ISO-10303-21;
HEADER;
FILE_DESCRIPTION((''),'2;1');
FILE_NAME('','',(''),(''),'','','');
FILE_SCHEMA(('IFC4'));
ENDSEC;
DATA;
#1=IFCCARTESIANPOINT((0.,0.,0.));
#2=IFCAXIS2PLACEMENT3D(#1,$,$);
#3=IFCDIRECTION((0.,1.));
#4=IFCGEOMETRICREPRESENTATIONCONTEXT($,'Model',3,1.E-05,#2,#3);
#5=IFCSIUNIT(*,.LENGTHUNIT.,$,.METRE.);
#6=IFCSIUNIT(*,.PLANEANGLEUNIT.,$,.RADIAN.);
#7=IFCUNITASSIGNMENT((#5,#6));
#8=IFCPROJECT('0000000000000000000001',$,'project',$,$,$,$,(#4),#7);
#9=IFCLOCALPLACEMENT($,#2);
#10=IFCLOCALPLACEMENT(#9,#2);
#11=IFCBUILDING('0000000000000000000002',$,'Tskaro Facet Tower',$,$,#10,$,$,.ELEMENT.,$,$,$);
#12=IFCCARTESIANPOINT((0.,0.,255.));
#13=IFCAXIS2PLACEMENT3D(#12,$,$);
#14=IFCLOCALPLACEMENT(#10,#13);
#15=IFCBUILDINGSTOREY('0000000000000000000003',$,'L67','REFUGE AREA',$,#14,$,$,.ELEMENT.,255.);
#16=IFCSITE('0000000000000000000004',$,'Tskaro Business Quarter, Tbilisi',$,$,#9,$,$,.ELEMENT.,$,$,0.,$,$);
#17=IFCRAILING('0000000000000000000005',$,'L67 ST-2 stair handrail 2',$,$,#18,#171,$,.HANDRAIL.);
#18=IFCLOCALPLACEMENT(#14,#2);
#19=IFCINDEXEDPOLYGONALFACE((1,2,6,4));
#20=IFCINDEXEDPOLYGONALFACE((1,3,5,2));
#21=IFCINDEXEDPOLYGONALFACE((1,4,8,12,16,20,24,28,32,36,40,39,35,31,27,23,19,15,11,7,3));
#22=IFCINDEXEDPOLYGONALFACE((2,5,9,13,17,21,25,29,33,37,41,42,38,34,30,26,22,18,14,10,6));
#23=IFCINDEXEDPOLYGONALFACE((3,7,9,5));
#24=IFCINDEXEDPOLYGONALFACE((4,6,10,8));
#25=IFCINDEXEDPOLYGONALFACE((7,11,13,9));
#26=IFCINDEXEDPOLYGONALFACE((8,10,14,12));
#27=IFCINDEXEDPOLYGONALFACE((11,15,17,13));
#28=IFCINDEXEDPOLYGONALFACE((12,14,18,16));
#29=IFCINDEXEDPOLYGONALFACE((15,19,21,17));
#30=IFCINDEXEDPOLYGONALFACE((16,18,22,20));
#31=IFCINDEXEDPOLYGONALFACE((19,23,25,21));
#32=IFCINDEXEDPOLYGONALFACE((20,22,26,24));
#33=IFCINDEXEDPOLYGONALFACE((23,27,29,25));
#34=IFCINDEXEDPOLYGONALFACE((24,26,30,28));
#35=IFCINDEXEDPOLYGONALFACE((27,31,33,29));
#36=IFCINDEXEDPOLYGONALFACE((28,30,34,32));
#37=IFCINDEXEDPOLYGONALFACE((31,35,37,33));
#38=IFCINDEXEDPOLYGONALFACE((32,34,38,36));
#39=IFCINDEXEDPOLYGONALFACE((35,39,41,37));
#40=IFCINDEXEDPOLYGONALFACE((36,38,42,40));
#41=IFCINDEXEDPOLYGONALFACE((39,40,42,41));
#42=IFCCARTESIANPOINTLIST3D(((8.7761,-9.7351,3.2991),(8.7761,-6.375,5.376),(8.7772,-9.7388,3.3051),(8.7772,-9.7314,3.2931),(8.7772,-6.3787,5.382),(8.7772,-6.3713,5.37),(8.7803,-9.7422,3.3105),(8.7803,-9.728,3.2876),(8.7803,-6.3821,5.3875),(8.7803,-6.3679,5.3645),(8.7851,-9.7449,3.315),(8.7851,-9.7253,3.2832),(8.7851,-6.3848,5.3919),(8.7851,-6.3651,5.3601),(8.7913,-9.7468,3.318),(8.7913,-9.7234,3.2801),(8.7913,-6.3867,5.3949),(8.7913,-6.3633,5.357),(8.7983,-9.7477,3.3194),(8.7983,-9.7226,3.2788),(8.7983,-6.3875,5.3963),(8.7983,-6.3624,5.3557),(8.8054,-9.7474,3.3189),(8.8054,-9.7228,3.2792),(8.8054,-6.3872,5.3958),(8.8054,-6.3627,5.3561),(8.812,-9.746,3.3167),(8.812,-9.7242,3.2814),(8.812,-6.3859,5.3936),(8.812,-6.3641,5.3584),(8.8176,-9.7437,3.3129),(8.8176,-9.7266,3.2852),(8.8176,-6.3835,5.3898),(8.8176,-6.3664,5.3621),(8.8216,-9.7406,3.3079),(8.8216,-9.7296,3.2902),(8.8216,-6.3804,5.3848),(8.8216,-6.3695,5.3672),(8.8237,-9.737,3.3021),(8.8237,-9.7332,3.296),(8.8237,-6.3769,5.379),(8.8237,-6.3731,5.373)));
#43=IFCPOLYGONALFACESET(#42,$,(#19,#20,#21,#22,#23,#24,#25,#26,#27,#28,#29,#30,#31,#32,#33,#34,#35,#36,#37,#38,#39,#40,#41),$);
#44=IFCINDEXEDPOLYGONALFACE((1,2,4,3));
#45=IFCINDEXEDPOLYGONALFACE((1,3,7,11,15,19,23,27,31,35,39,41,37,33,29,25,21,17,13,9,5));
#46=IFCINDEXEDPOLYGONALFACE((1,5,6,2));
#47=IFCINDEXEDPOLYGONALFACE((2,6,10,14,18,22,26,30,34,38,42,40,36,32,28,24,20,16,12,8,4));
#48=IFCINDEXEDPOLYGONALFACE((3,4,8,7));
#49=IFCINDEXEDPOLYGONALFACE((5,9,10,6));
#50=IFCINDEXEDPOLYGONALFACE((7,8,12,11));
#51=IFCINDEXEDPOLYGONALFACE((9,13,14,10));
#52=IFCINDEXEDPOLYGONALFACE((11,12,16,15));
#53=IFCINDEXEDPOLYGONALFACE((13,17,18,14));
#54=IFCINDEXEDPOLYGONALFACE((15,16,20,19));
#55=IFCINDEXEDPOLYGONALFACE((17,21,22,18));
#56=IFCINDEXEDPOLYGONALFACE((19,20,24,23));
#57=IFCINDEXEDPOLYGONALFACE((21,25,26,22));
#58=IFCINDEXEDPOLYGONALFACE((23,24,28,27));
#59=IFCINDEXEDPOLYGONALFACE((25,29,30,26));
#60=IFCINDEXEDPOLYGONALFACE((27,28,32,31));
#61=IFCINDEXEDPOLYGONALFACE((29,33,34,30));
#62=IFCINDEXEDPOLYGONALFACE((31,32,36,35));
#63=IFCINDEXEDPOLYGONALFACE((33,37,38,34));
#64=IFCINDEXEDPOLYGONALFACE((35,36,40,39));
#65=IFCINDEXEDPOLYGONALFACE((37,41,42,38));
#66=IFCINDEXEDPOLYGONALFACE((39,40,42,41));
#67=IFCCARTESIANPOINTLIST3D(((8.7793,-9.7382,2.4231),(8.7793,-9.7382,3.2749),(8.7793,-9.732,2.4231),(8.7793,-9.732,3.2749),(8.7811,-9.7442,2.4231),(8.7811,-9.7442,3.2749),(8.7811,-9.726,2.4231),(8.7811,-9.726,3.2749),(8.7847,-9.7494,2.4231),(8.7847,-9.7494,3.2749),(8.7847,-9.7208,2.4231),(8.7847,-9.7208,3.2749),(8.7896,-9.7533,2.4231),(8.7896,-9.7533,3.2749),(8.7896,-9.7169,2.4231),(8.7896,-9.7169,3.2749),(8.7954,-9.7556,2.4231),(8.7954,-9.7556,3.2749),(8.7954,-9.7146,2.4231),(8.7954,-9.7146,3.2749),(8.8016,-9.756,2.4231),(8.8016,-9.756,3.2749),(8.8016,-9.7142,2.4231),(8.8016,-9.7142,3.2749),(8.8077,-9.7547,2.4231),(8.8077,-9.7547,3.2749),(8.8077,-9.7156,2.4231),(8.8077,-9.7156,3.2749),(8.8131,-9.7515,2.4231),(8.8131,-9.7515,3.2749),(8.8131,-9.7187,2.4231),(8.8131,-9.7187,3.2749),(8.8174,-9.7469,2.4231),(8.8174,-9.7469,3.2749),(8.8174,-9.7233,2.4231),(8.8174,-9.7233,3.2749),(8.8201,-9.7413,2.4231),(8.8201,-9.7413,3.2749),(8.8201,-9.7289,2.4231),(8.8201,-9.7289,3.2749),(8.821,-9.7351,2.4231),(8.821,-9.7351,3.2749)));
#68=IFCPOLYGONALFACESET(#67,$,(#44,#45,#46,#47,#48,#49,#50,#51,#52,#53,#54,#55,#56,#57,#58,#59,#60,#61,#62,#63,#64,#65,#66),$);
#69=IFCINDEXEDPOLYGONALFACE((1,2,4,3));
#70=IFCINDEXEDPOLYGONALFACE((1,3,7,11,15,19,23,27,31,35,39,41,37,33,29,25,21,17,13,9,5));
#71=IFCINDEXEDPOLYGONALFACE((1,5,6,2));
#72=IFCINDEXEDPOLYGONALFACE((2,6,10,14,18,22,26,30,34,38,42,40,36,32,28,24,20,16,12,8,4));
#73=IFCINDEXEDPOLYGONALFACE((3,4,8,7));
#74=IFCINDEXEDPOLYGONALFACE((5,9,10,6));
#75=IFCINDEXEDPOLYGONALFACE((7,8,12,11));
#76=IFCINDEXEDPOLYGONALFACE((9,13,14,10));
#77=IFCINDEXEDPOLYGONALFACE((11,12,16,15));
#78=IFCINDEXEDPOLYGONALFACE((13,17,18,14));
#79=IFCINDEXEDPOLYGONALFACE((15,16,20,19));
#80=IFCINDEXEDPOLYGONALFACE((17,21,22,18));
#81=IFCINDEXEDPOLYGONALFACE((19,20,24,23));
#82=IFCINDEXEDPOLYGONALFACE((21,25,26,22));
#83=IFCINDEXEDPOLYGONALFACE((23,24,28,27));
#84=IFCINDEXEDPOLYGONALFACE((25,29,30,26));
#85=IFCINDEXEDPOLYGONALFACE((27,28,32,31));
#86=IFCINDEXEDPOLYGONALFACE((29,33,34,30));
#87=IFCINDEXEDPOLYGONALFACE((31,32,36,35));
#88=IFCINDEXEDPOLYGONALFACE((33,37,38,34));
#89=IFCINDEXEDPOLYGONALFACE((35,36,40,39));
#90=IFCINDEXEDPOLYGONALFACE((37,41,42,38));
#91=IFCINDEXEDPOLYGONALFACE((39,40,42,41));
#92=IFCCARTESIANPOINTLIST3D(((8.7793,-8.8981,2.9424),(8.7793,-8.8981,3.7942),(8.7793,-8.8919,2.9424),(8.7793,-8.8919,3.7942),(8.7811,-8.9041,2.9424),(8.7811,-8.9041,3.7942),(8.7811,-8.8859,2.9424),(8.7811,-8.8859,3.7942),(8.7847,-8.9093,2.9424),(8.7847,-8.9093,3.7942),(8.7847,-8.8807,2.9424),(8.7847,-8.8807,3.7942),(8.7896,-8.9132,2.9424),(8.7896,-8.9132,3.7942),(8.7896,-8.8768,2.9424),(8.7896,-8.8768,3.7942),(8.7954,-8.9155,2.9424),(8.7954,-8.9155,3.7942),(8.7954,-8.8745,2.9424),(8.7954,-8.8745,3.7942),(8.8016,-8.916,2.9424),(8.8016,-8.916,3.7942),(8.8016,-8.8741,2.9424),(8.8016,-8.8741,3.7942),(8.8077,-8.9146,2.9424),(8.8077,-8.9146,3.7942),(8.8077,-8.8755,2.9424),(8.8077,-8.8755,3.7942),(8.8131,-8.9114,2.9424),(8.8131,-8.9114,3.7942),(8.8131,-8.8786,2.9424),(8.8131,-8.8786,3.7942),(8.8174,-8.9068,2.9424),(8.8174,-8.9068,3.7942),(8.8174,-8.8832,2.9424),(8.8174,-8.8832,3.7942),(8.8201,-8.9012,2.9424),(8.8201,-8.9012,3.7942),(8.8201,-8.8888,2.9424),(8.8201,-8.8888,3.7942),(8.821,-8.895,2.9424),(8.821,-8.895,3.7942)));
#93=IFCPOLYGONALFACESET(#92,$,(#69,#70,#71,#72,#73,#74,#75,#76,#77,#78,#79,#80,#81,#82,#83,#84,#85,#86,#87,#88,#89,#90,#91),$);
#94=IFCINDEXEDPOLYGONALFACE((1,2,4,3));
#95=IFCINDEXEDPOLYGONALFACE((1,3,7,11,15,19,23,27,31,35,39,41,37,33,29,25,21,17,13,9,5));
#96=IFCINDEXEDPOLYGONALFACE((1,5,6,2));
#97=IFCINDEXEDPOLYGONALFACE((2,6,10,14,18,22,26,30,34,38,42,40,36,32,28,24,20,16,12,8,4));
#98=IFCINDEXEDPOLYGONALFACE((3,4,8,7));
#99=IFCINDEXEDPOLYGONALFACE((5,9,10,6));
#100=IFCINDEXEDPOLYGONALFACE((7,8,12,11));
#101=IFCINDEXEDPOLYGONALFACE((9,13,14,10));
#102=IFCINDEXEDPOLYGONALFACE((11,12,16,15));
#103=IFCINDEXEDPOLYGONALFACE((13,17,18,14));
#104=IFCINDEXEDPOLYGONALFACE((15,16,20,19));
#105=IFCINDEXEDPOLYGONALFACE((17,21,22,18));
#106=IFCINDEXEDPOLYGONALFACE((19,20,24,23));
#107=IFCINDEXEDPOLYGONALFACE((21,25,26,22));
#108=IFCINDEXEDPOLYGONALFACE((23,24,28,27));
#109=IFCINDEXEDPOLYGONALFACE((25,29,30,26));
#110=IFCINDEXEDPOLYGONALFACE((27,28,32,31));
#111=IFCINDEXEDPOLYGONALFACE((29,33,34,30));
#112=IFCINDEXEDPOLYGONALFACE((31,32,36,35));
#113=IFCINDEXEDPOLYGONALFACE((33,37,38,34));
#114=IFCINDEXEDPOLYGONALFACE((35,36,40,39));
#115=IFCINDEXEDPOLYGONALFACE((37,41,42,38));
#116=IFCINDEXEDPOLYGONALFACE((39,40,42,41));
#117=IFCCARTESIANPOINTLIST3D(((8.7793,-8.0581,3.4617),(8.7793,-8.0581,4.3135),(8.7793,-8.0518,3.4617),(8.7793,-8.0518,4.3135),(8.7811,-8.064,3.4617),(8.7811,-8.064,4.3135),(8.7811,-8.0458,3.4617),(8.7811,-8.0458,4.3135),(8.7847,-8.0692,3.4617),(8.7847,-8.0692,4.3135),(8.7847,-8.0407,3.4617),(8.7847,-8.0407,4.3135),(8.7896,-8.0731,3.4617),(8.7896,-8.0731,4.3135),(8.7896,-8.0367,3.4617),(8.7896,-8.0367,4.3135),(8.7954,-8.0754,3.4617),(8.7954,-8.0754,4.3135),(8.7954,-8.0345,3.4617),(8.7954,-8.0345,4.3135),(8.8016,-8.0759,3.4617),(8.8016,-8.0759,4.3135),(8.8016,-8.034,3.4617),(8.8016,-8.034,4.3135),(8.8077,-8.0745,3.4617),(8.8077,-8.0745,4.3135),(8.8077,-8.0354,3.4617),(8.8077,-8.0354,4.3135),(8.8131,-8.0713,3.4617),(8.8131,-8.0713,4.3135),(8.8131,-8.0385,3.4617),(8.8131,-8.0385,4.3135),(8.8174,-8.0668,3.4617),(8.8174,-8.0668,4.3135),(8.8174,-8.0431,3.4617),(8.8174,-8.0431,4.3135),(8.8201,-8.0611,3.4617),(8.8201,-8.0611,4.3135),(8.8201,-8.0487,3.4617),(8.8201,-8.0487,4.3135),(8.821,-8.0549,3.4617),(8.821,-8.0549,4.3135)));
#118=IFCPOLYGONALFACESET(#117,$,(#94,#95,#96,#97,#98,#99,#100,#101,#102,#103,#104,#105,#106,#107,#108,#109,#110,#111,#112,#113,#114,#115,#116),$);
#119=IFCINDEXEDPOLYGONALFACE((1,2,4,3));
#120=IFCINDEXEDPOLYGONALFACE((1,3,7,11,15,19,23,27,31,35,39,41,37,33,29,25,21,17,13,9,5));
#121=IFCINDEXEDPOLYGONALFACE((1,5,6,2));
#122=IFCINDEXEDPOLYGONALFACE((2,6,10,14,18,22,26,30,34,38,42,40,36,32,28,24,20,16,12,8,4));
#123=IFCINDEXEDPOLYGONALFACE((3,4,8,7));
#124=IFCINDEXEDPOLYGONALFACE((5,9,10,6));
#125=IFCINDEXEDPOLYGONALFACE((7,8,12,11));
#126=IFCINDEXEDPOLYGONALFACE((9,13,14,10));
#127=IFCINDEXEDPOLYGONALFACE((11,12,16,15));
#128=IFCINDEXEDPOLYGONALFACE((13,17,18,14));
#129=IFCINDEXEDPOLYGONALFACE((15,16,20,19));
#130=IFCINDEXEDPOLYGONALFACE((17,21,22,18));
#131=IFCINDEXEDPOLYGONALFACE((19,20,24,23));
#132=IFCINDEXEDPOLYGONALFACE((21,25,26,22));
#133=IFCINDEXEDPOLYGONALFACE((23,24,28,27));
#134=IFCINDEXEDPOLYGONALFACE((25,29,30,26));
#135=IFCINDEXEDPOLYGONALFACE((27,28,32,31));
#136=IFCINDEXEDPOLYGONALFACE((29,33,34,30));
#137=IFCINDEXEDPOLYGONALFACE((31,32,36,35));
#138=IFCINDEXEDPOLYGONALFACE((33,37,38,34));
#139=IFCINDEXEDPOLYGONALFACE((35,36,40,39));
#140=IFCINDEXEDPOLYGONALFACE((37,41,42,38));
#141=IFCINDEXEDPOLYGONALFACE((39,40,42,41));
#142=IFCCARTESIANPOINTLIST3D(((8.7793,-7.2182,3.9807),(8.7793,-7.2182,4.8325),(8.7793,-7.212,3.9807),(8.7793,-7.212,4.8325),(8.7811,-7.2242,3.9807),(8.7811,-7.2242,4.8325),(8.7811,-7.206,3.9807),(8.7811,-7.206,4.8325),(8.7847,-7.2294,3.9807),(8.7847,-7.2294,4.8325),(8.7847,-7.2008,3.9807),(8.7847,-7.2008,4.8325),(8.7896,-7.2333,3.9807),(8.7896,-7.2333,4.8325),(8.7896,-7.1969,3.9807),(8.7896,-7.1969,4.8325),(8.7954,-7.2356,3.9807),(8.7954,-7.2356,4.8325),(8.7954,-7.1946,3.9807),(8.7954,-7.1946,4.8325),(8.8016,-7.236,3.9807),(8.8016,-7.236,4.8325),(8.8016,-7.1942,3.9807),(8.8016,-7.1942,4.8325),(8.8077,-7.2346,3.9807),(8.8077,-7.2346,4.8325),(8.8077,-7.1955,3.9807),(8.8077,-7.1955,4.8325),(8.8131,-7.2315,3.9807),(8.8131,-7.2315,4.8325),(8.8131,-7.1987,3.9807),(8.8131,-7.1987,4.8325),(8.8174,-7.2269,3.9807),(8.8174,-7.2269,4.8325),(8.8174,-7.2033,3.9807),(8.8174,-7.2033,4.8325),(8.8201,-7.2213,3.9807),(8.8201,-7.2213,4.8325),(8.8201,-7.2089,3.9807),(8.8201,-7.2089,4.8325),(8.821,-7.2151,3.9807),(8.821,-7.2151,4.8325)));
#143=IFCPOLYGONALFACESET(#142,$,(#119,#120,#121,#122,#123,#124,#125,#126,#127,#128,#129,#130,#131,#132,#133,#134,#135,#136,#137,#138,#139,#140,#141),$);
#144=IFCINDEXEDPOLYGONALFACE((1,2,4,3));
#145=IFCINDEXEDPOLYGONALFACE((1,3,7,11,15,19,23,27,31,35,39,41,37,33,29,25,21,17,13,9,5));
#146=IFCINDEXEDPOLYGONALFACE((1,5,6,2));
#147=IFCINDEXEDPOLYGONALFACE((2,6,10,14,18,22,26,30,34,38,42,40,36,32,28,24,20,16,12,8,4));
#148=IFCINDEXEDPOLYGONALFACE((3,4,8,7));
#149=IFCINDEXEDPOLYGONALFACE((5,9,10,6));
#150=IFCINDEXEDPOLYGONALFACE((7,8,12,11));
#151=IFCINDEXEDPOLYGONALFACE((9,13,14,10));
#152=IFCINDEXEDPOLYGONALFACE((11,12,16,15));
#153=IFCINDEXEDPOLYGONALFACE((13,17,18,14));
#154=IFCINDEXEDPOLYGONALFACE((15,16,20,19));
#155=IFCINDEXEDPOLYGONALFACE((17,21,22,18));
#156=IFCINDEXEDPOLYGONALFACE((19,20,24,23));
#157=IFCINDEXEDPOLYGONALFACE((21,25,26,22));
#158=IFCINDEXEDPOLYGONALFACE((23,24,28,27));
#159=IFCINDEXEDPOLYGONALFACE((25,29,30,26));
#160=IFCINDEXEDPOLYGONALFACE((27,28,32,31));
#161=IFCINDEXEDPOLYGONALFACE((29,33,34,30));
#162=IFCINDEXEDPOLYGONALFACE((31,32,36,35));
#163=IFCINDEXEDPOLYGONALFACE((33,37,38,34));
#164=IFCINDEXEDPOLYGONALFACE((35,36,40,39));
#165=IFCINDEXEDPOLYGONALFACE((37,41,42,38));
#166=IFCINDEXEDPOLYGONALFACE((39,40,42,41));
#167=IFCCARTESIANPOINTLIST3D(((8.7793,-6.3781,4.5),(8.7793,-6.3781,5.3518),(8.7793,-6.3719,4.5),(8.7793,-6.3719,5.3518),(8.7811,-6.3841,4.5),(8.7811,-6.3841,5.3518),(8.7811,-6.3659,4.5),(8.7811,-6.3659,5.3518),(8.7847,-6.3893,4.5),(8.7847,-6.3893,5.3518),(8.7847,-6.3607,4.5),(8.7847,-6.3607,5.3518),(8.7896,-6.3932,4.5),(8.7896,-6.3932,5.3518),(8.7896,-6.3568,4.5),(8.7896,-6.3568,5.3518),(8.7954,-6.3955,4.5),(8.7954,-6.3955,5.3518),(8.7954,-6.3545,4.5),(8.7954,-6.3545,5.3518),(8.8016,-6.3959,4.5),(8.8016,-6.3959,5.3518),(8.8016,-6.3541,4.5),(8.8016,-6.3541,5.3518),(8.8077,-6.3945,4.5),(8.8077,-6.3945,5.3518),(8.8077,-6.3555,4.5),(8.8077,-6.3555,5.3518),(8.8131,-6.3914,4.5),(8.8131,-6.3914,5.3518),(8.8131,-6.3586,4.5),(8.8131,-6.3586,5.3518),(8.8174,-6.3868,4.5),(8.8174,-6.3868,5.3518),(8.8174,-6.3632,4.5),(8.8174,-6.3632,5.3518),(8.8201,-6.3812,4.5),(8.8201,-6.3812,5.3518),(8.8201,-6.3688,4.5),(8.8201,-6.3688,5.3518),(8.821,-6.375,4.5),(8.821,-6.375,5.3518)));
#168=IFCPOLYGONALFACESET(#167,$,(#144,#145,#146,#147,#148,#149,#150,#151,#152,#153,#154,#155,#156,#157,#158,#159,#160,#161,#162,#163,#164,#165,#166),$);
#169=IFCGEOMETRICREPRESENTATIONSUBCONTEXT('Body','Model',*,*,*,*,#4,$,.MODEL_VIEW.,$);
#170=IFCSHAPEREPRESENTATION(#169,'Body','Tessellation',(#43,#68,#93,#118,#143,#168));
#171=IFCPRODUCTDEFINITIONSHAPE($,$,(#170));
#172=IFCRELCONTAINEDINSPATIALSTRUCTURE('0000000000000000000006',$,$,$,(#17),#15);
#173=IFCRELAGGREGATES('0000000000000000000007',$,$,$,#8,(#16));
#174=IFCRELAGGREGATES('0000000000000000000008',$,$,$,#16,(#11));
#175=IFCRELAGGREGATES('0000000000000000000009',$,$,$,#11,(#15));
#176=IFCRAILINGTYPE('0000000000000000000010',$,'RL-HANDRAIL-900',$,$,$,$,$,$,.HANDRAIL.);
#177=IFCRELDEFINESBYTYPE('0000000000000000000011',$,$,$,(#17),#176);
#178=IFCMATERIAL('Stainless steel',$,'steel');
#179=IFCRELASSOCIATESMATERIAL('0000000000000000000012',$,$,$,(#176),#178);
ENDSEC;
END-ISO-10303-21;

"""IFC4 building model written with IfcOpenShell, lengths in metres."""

from ifc_helpers import new_model, si_unit, direction, frame, origin, origin_2d, place, context, subcontext, project, spatial, circle, extrude, material, type_object, element, save


model = new_model("IFC4")

# Units and contexts
model_context = context("Model", 3, precision=1e-05, world=origin(), true_north=direction((0.0, 1.0)))
body_context = subcontext(model_context, "Body", "Model", "MODEL_VIEW")
ifc_project = project(units=[si_unit("LENGTHUNIT", "METRE"), si_unit("PLANEANGLEUNIT", "RADIAN")], contexts=[model_context])

# Site, building, storey
site_placement = place(None, origin())
site = spatial("IfcSite", under=ifc_project, at=site_placement, Name="Tskaro Business Quarter, Tbilisi", CompositionType="ELEMENT", RefElevation=0.0)
building_placement = place(site_placement, origin())
building = spatial("IfcBuilding", under=site, at=building_placement, Name="Tskaro Facet Tower", CompositionType="ELEMENT")
storey_placement = place(building_placement, frame((0.0, 0.0, 255.0)))
storey = spatial("IfcBuildingStorey", under=building, at=storey_placement, Name="L67", Description="REFUGE AREA", CompositionType="ELEMENT", Elevation=255.0)

# Railing
ifc_material_1 = material(Name="Stainless steel", Category="steel")
railing_type_1 = type_object("IfcRailingType", Name="RL-HANDRAIL-900", PredefinedType="HANDRAIL", material=ifc_material_1)
railing_1_placement = place(storey_placement, frame((8.8, -9.7351, 2.4231)))
element("IfcRailing", 1, at=railing_1_placement, inside=storey, type_object=railing_type_1, Name="L67 ST-2 stair handrail 2", PredefinedType="HANDRAIL", context=body_context, shape_type="SweptSolid", body=[
    extrude(circle(Radius=0.0239, at=origin_2d()), frame((0.0, 0.0, 0.876), z_axis=(0.0, 0.850623, 0.525776), x_axis=(-1.0, 0.0, 0.0)), (0.0, 0.0, 1.0), 3.9502),
    extrude(circle(Radius=0.021, at=origin_2d()), origin(), (0.0, 0.0, 1.0), 0.8518),
    extrude(circle(Radius=0.021, at=origin_2d()), frame((0.0, 0.8401, 0.5193)), (0.0, 0.0, 1.0), 0.8518),
    extrude(circle(Radius=0.021, at=origin_2d()), frame((0.0, 1.6802, 1.0386)), (0.0, 0.0, 1.0), 0.8518),
    extrude(circle(Radius=0.021, at=origin_2d()), frame((0.0, 2.52, 1.5576)), (0.0, 0.0, 1.0), 0.8518),
    extrude(circle(Radius=0.021, at=origin_2d()), frame((0.0, 3.3601, 2.0769)), (0.0, 0.0, 1.0), 0.8518),
])

save(model, "model.ifc")
